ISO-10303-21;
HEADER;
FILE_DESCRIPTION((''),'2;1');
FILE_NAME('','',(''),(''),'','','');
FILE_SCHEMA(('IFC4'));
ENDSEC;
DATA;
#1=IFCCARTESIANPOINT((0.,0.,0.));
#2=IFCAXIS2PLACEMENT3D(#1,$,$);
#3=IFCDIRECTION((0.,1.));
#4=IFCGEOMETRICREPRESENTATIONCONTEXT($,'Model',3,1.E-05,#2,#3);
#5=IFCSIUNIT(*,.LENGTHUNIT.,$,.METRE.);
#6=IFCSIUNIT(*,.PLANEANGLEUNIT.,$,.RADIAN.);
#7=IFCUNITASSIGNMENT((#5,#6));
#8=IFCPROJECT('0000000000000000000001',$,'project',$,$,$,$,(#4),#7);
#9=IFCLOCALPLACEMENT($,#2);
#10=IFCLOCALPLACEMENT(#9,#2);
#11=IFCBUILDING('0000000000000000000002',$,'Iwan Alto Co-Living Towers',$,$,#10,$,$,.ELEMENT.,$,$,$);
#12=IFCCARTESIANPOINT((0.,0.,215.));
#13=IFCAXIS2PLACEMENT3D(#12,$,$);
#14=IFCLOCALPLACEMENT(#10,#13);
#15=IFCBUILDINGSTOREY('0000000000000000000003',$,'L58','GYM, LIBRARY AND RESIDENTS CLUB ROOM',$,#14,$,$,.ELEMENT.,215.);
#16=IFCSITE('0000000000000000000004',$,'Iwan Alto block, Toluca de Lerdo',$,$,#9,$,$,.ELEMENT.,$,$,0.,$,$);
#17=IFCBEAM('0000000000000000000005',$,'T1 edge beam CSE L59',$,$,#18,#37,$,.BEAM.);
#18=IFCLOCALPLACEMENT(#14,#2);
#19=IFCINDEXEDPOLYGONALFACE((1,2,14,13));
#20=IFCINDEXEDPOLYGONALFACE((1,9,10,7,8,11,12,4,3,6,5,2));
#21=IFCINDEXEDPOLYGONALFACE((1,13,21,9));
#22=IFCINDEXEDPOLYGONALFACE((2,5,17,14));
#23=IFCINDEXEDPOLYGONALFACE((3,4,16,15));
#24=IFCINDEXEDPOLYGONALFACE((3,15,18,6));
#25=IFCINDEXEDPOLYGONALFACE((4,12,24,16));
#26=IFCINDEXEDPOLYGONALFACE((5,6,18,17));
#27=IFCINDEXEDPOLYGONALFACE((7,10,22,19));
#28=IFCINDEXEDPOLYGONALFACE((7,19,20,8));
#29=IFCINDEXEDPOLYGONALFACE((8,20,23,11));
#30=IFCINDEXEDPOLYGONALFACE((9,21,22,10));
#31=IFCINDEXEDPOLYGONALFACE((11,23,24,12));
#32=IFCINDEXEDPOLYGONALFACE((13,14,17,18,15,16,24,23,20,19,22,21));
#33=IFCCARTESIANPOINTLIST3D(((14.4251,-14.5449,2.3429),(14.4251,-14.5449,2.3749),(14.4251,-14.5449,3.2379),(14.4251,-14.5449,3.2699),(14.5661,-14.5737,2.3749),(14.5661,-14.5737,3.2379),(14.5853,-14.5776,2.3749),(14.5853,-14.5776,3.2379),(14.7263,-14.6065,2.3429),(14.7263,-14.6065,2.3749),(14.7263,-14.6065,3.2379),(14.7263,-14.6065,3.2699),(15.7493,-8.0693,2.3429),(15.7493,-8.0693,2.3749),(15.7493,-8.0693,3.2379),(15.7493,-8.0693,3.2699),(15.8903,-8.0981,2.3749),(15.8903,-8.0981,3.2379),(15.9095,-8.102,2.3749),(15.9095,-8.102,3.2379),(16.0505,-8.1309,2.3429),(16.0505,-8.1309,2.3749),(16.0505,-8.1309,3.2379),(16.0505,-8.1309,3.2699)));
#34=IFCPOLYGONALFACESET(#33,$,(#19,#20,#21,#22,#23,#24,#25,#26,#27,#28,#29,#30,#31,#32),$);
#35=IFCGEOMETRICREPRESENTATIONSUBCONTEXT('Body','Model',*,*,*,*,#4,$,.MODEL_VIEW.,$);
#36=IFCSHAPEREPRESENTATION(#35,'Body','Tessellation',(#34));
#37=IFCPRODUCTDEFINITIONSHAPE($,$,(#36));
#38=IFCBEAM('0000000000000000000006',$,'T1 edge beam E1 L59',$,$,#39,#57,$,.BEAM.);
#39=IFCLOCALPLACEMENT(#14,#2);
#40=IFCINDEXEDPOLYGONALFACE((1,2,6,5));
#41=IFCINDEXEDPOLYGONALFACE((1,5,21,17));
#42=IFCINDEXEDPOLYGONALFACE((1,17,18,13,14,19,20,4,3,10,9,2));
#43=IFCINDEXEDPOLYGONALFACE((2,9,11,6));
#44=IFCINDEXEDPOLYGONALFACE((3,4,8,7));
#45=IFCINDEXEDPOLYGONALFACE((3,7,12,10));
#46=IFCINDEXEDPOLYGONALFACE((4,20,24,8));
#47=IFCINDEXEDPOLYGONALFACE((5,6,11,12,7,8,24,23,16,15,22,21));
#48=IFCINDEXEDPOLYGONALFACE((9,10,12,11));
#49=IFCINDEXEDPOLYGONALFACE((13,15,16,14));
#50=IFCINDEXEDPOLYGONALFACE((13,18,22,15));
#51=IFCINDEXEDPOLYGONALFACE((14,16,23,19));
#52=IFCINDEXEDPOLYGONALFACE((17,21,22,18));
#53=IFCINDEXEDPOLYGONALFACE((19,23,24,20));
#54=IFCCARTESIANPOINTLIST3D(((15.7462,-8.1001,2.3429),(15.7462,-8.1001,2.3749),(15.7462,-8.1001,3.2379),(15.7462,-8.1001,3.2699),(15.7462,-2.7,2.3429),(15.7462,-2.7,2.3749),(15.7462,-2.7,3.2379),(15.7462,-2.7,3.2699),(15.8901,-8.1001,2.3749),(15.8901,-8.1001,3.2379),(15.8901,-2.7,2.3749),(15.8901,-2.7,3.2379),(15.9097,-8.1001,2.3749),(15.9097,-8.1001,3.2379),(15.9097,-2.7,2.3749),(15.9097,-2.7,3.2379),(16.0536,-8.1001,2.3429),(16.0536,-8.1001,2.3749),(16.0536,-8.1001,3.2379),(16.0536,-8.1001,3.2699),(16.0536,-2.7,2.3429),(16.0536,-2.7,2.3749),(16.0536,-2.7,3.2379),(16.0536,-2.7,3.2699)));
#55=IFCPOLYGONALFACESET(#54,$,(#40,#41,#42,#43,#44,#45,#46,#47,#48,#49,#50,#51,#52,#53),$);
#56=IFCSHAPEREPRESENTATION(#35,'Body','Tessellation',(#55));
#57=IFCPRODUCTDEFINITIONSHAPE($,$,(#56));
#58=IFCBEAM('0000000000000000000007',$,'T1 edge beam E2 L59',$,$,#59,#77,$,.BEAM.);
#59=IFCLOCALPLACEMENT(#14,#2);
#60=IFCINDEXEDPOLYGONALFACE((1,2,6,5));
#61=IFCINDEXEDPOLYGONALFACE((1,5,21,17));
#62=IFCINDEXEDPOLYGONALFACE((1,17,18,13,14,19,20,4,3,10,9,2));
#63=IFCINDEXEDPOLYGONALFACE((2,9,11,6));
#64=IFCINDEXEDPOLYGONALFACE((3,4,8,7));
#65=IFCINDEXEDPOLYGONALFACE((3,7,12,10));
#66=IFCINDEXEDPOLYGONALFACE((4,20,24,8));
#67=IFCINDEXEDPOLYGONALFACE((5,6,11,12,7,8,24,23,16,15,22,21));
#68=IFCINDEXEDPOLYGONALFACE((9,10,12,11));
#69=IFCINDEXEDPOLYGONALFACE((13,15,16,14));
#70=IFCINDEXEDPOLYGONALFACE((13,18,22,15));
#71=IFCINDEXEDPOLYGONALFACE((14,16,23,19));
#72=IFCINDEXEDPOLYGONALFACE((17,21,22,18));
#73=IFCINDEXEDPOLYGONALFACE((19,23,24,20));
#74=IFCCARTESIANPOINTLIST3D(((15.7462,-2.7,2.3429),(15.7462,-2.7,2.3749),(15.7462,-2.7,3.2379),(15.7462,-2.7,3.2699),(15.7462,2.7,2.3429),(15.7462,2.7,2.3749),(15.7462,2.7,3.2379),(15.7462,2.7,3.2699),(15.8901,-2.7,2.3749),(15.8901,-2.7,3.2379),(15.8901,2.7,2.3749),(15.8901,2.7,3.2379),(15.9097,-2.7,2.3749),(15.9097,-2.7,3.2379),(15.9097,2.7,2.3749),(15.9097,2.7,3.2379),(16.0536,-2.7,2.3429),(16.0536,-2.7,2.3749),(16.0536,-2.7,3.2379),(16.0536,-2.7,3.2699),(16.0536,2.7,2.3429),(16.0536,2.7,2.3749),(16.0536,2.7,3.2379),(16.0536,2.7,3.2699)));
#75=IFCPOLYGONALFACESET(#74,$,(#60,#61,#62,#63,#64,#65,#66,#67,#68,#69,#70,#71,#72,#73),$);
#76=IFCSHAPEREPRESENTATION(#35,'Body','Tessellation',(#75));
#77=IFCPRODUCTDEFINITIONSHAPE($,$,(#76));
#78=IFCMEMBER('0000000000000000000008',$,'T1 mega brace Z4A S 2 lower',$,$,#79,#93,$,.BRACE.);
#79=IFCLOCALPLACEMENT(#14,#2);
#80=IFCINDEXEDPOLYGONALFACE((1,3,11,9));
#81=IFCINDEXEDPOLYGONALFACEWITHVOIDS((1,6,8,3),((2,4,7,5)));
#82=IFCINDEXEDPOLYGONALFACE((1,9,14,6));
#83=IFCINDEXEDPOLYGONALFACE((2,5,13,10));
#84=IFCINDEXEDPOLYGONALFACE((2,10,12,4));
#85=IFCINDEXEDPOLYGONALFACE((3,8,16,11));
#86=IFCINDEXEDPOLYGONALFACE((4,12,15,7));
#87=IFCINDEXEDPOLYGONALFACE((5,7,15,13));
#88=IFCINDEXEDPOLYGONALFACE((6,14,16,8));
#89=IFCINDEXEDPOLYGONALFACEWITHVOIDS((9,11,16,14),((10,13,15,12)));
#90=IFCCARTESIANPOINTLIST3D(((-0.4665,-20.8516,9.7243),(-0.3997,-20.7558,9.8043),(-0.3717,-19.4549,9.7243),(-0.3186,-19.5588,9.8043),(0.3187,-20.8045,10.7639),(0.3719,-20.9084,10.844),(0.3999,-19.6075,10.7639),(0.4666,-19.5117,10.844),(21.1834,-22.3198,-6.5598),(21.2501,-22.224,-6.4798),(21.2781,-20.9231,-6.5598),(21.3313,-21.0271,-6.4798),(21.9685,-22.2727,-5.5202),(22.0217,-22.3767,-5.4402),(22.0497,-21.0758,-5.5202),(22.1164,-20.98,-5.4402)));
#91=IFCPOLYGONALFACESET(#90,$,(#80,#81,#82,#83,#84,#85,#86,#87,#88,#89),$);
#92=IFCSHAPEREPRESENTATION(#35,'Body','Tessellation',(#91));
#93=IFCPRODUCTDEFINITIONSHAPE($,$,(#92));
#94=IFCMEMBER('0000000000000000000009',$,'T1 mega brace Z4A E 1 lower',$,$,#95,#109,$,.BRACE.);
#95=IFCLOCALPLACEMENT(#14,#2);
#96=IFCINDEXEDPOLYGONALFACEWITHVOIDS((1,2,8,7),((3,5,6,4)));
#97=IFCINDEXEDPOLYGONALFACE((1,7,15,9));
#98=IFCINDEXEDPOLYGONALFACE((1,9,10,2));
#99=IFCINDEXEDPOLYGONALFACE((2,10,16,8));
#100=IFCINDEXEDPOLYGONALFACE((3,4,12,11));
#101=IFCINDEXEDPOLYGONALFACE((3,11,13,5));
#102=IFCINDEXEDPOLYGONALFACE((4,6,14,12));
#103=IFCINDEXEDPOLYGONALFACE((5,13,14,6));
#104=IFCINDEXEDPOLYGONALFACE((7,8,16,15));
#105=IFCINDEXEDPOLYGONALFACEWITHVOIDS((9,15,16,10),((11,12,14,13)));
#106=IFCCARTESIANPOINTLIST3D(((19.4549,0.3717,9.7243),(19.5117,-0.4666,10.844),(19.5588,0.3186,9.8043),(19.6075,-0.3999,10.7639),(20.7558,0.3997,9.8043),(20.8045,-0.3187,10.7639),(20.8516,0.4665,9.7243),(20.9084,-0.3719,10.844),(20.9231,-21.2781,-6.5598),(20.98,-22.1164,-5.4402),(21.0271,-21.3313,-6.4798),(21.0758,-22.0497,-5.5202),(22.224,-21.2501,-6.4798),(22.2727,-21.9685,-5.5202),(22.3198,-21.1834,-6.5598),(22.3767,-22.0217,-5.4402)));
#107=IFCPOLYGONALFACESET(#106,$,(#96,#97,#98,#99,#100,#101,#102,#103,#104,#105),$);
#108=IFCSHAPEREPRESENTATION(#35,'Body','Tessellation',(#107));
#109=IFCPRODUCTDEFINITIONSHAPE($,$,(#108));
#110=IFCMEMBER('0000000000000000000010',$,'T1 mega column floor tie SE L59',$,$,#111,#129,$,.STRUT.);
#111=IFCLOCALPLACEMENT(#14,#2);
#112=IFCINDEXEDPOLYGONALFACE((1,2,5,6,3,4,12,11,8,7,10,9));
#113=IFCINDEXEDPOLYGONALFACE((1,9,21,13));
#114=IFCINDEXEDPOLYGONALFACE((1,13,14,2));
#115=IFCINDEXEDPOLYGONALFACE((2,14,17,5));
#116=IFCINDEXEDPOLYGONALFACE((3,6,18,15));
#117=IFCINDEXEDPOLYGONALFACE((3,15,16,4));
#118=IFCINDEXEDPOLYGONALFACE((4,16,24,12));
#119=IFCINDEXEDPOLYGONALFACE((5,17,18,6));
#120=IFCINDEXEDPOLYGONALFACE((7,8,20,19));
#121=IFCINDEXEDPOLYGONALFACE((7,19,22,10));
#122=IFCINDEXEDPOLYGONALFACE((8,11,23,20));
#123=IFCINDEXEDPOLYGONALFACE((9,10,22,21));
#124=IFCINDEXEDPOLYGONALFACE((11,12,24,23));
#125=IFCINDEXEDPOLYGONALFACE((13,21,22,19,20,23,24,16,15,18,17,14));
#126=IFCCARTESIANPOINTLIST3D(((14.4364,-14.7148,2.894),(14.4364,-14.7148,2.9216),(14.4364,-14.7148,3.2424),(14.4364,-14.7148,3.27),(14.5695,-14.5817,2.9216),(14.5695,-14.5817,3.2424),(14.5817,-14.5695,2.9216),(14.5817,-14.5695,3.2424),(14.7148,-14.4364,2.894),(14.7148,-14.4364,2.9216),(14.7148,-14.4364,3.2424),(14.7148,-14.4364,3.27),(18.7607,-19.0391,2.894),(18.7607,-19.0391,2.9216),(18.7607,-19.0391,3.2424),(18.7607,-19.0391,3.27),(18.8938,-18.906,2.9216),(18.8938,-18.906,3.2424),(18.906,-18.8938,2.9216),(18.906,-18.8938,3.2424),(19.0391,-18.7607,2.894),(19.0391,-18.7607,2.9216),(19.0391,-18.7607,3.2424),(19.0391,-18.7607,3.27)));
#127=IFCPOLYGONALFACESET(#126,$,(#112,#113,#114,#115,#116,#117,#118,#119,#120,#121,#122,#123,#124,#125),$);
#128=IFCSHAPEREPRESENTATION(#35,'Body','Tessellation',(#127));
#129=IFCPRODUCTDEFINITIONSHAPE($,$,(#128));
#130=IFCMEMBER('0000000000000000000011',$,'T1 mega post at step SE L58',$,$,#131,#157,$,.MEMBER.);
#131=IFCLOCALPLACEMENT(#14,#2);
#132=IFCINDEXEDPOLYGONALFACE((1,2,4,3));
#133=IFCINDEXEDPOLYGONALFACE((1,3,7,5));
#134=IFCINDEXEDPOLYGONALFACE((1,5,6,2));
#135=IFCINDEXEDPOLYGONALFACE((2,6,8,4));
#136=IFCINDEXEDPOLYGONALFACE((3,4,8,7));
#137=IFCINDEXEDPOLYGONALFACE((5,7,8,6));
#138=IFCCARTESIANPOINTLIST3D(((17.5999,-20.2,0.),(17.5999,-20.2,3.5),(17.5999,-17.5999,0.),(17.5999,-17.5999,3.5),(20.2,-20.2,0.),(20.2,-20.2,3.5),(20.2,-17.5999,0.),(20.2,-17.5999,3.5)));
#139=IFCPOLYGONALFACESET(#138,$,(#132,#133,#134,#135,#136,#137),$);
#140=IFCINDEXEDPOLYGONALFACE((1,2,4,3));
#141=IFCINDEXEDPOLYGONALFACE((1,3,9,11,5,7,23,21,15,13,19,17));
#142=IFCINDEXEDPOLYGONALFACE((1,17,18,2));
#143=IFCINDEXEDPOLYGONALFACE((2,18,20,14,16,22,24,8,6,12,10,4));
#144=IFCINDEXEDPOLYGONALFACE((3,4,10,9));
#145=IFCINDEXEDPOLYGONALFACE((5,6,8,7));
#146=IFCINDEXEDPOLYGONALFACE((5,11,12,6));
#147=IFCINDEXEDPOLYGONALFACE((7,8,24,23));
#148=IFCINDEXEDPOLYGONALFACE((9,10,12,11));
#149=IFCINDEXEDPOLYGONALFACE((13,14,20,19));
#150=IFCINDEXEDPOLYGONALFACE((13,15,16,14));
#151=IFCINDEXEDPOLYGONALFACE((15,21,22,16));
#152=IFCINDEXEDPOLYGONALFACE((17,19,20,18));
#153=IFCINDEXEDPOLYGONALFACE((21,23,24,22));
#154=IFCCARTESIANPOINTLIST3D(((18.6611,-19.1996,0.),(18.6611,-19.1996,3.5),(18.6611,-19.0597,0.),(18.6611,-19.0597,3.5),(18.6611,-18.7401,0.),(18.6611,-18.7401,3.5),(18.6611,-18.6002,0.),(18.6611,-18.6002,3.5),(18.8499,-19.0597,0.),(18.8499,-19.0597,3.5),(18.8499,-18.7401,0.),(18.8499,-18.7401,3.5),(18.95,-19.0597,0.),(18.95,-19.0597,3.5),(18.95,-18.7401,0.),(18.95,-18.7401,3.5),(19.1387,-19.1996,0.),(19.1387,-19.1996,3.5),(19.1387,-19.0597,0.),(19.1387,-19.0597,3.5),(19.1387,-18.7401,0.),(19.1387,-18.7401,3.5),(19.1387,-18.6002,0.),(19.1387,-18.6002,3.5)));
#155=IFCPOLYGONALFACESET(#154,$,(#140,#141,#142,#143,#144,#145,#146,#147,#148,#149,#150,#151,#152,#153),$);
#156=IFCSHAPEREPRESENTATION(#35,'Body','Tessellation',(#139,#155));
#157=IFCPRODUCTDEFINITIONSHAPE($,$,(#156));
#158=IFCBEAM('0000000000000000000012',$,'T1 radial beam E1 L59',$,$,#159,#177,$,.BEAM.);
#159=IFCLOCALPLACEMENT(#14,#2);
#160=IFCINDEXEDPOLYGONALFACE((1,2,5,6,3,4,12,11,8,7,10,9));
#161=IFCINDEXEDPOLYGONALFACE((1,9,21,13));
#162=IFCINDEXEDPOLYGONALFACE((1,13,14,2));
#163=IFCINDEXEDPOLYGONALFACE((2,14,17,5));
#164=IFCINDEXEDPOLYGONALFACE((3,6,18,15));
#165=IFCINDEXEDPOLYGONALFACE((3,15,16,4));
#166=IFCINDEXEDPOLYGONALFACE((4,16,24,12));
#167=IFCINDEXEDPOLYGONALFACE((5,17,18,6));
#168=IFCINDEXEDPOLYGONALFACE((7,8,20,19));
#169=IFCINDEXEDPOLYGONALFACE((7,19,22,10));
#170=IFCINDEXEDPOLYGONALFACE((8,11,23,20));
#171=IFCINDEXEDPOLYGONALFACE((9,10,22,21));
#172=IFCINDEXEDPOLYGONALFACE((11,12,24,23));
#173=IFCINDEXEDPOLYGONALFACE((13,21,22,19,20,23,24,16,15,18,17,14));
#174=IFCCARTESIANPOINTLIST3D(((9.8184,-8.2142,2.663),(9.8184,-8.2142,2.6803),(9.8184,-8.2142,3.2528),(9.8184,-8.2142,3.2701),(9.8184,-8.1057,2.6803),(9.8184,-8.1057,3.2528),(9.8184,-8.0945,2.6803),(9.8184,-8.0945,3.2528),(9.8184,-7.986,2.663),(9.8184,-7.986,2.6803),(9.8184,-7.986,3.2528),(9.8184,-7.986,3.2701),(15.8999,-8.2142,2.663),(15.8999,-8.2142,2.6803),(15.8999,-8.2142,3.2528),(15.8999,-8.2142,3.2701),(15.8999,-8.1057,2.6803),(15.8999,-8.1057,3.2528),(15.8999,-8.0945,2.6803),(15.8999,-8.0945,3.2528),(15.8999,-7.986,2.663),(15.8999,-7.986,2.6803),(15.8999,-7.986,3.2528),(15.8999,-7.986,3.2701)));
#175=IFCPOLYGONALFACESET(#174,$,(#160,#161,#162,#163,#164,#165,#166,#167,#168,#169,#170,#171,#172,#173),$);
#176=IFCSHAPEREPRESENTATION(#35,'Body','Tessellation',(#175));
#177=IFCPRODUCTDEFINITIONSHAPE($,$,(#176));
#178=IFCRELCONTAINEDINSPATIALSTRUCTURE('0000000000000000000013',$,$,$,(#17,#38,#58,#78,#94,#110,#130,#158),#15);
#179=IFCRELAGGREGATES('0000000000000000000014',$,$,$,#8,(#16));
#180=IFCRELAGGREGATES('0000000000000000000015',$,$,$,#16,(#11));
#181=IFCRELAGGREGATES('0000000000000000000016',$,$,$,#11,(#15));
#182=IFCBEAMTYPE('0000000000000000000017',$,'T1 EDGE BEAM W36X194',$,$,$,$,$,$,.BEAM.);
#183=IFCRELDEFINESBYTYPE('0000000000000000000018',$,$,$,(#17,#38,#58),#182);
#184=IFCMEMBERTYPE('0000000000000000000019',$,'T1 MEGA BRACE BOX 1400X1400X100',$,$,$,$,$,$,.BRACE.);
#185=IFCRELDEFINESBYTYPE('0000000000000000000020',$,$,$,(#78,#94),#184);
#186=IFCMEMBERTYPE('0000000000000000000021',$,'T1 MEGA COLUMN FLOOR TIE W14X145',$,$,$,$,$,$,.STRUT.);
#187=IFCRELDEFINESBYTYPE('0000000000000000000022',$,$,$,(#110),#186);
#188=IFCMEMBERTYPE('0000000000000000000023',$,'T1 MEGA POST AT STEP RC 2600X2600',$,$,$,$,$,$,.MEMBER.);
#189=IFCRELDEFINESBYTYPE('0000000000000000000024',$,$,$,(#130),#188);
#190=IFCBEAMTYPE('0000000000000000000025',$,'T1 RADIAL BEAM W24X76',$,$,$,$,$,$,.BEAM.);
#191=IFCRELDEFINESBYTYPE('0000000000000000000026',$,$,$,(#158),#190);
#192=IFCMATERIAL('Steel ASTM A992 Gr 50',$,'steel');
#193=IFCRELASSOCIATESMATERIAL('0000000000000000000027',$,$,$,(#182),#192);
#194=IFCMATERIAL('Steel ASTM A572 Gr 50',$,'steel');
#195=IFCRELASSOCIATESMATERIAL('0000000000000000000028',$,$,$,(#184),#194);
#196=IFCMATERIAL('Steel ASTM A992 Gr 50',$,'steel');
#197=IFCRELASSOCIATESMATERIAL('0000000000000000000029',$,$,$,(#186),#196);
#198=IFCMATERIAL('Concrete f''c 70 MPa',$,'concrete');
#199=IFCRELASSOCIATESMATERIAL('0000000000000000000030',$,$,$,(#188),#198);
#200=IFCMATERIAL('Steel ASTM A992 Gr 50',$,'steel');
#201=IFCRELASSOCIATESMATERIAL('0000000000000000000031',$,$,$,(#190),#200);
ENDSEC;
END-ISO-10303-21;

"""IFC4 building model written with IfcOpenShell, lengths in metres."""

from ifc_helpers import new_model, si_unit, direction, frame, origin, origin_2d, place, context, subcontext, project, spatial, rectangle, hollow_rectangle, i_section, extrude, material, material_profile, profile_set, type_object, element, save


model = new_model("IFC4")

# Units and contexts
model_context = context("Model", 3, precision=1e-05, world=origin(), true_north=direction((0.0, 1.0)))
body_context = subcontext(model_context, "Body", "Model", "MODEL_VIEW")
ifc_project = project(units=[si_unit("LENGTHUNIT", "METRE"), si_unit("PLANEANGLEUNIT", "RADIAN")], contexts=[model_context])

# Site, building, storey
site_placement = place(None, origin())
site = spatial("IfcSite", under=ifc_project, at=site_placement, Name="Iwan Alto block, Toluca de Lerdo", CompositionType="ELEMENT", RefElevation=0.0)
building_placement = place(site_placement, origin())
building = spatial("IfcBuilding", under=site, at=building_placement, Name="Iwan Alto Co-Living Towers", CompositionType="ELEMENT")
storey_placement = place(building_placement, frame((0.0, 0.0, 215.0)))
storey = spatial("IfcBuildingStorey", under=building, at=storey_placement, Name="L58", Description="GYM, LIBRARY AND RESIDENTS CLUB ROOM", CompositionType="ELEMENT", Elevation=215.0)

# Beams
ifc_material_1 = material(Name="Steel ASTM A992 Gr 50", Category="steel")
ifc_material_profile_1 = material_profile(ifc_material_1, i_section(OverallWidth=0.3074, OverallDepth=0.927, WebThickness=0.0195, FlangeThickness=0.032, at=origin_2d()), Name="W36X194")
ifc_profile_set_1 = profile_set([ifc_material_profile_1], Name="Steel ASTM A992 Gr 50")
beam_type_1 = type_object("IfcBeamType", Name="T1 EDGE BEAM W36X194", PredefinedType="BEAM", material=ifc_profile_set_1)
beam_1_placement = place(storey_placement, frame((14.5757, -14.5757, 2.8064), z_axis=(0.200348, 0.979725, 0.0), x_axis=(-0.979725, 0.200348, 0.0)))
element("IfcBeam", 1, at=beam_1_placement, inside=storey, type_object=beam_type_1, Name="T1 edge beam CSE L59", PredefinedType="BEAM", context=body_context, shape_type="SweptSolid", body=[
    extrude(i_section(OverallWidth=0.3074, OverallDepth=0.927, WebThickness=0.0195, FlangeThickness=0.032, at=origin_2d()), origin(), (0.0, 0.0, 1.0), 6.6096),
])
beam_2_placement = place(storey_placement, frame((15.8999, -8.1001, 2.8064), z_axis=(0.0, 1.0, 0.0), x_axis=(-1.0, 0.0, 0.0)))
element("IfcBeam", 2, at=beam_2_placement, inside=storey, type_object=beam_type_1, Name="T1 edge beam E1 L59", PredefinedType="BEAM", context=body_context, shape_type="SweptSolid", body=[
    extrude(i_section(OverallWidth=0.3074, OverallDepth=0.927, WebThickness=0.0195, FlangeThickness=0.032, at=origin_2d()), origin(), (0.0, 0.0, 1.0), 5.4001),
])
beam_3_placement = place(storey_placement, frame((15.8999, -2.7, 2.8064), z_axis=(0.0, 1.0, 0.0), x_axis=(-1.0, 0.0, 0.0)))
element("IfcBeam", 3, at=beam_3_placement, inside=storey, type_object=beam_type_1, Name="T1 edge beam E2 L59", PredefinedType="BEAM", context=body_context, shape_type="SweptSolid", body=[
    extrude(i_section(OverallWidth=0.3074, OverallDepth=0.927, WebThickness=0.0195, FlangeThickness=0.032, at=origin_2d()), origin(), (0.0, 0.0, 1.0), 5.3999),
])

# Members
ifc_material_2 = material(Name="Steel ASTM A572 Gr 50", Category="steel")
ifc_material_profile_2 = material_profile(ifc_material_2, hollow_rectangle(XDim=1.3999, YDim=1.3999, WallThickness=0.1001, at=origin_2d()), Name="BOX 1400X1400X100")
ifc_profile_set_2 = profile_set([ifc_material_profile_2], Name="Steel ASTM A572 Gr 50")
member_type_1 = type_object("IfcMemberType", Name="T1 MEGA BRACE BOX 1400X1400X100", PredefinedType="BRACE", material=ifc_profile_set_2)
for number, where, z_axis, x_axis, name in (
    (4, (21.6499, -21.6499, -6.0), (-0.798, 0.054119, 0.600223), (-0.067663, -0.997708, 0.0), "T1 mega brace Z4A S 2 lower"),
    (5, (21.6499, -21.6499, -6.0), (-0.054119, 0.798, 0.600223), (-0.997708, -0.067663, 0.0), "T1 mega brace Z4A E 1 lower"),
):
    element("IfcMember", number, at=place(storey_placement, frame(where, z_axis=z_axis, x_axis=x_axis)), inside=storey, type_object=member_type_1, Name=name, PredefinedType="BRACE", context=body_context, shape_type="SweptSolid", body=[
        extrude(hollow_rectangle(XDim=1.3999, YDim=1.3999, WallThickness=0.1001, at=origin_2d()), origin(), (0.0, 0.0, 1.0), 27.1301),
    ])
ifc_material_3 = material(Name="Steel ASTM A992 Gr 50", Category="steel")
ifc_material_profile_3 = material_profile(ifc_material_3, i_section(OverallWidth=0.3938, OverallDepth=0.376, WebThickness=0.0173, FlangeThickness=0.0276, at=origin_2d()), Name="W14X145")
ifc_profile_set_3 = profile_set([ifc_material_profile_3], Name="Steel ASTM A992 Gr 50")
member_type_2 = type_object("IfcMemberType", Name="T1 MEGA COLUMN FLOOR TIE W14X145", PredefinedType="STRUT", material=ifc_profile_set_3)
member_1_placement = place(storey_placement, frame((18.8999, -18.8999, 3.082), z_axis=(-0.707107, 0.707107, 0.0), x_axis=(-0.707107, -0.707107, 0.0)))
element("IfcMember", 6, at=member_1_placement, inside=storey, type_object=member_type_2, Name="T1 mega column floor tie SE L59", PredefinedType="STRUT", context=body_context, shape_type="SweptSolid", body=[
    extrude(i_section(OverallWidth=0.3938, OverallDepth=0.376, WebThickness=0.0173, FlangeThickness=0.0276, at=origin_2d()), origin(), (0.0, 0.0, 1.0), 6.1155),
])
ifc_material_4 = material(Name="Concrete f'c 70 MPa", Category="concrete")
ifc_material_profile_4 = material_profile(ifc_material_4, rectangle(XDim=2.6001, YDim=2.6001, at=origin_2d()), Name="RC 2600X2600")
ifc_profile_set_4 = profile_set([ifc_material_profile_4], Name="Concrete f'c 70 MPa")
member_type_3 = type_object("IfcMemberType", Name="T1 MEGA POST AT STEP RC 2600X2600", PredefinedType="MEMBER", material=ifc_profile_set_4)
member_2_placement = place(storey_placement, frame((18.8999, -18.8999, 0.0), z_axis=(0.0, 0.0, 1.0), x_axis=(1.0, 0.0, 0.0)))
element("IfcMember", 7, at=member_2_placement, inside=storey, type_object=member_type_3, Name="T1 mega post at step SE L58", PredefinedType="MEMBER", context=body_context, shape_type="SweptSolid", body=[
    extrude(rectangle(XDim=2.6001, YDim=2.6001, at=origin_2d()), origin(), (0.0, 0.0, 1.0), 3.5),
    extrude(i_section(OverallWidth=0.4775, OverallDepth=0.5994, WebThickness=0.1001, FlangeThickness=0.1399, at=origin_2d()), origin(), (0.0, 0.0, 1.0), 3.5),
])

# Beam
ifc_material_5 = material(Name="Steel ASTM A992 Gr 50", Category="steel")
ifc_material_profile_5 = material_profile(ifc_material_5, i_section(OverallWidth=0.2283, OverallDepth=0.6072, WebThickness=0.0112, FlangeThickness=0.0173, at=origin_2d()), Name="W24X76")
ifc_profile_set_5 = profile_set([ifc_material_profile_5], Name="Steel ASTM A992 Gr 50")
beam_type_2 = type_object("IfcBeamType", Name="T1 RADIAL BEAM W24X76", PredefinedType="BEAM", material=ifc_profile_set_5)
for number, where, z_axis, x_axis, name in (
    (8, (15.8999, -8.1001, 2.9666), (-1.0, 0.0, 0.0), (0.0, -1.0, 0.0), "T1 radial beam E1 L59"),
):
    element("IfcBeam", number, at=place(storey_placement, frame(where, z_axis=z_axis, x_axis=x_axis)), inside=storey, type_object=beam_type_2, Name=name, PredefinedType="BEAM", context=body_context, shape_type="SweptSolid", body=[
        extrude(i_section(OverallWidth=0.2283, OverallDepth=0.6072, WebThickness=0.0112, FlangeThickness=0.0173, at=origin_2d()), origin(), (0.0, 0.0, 1.0), 6.0815),
    ])

save(model, "model.ifc")
